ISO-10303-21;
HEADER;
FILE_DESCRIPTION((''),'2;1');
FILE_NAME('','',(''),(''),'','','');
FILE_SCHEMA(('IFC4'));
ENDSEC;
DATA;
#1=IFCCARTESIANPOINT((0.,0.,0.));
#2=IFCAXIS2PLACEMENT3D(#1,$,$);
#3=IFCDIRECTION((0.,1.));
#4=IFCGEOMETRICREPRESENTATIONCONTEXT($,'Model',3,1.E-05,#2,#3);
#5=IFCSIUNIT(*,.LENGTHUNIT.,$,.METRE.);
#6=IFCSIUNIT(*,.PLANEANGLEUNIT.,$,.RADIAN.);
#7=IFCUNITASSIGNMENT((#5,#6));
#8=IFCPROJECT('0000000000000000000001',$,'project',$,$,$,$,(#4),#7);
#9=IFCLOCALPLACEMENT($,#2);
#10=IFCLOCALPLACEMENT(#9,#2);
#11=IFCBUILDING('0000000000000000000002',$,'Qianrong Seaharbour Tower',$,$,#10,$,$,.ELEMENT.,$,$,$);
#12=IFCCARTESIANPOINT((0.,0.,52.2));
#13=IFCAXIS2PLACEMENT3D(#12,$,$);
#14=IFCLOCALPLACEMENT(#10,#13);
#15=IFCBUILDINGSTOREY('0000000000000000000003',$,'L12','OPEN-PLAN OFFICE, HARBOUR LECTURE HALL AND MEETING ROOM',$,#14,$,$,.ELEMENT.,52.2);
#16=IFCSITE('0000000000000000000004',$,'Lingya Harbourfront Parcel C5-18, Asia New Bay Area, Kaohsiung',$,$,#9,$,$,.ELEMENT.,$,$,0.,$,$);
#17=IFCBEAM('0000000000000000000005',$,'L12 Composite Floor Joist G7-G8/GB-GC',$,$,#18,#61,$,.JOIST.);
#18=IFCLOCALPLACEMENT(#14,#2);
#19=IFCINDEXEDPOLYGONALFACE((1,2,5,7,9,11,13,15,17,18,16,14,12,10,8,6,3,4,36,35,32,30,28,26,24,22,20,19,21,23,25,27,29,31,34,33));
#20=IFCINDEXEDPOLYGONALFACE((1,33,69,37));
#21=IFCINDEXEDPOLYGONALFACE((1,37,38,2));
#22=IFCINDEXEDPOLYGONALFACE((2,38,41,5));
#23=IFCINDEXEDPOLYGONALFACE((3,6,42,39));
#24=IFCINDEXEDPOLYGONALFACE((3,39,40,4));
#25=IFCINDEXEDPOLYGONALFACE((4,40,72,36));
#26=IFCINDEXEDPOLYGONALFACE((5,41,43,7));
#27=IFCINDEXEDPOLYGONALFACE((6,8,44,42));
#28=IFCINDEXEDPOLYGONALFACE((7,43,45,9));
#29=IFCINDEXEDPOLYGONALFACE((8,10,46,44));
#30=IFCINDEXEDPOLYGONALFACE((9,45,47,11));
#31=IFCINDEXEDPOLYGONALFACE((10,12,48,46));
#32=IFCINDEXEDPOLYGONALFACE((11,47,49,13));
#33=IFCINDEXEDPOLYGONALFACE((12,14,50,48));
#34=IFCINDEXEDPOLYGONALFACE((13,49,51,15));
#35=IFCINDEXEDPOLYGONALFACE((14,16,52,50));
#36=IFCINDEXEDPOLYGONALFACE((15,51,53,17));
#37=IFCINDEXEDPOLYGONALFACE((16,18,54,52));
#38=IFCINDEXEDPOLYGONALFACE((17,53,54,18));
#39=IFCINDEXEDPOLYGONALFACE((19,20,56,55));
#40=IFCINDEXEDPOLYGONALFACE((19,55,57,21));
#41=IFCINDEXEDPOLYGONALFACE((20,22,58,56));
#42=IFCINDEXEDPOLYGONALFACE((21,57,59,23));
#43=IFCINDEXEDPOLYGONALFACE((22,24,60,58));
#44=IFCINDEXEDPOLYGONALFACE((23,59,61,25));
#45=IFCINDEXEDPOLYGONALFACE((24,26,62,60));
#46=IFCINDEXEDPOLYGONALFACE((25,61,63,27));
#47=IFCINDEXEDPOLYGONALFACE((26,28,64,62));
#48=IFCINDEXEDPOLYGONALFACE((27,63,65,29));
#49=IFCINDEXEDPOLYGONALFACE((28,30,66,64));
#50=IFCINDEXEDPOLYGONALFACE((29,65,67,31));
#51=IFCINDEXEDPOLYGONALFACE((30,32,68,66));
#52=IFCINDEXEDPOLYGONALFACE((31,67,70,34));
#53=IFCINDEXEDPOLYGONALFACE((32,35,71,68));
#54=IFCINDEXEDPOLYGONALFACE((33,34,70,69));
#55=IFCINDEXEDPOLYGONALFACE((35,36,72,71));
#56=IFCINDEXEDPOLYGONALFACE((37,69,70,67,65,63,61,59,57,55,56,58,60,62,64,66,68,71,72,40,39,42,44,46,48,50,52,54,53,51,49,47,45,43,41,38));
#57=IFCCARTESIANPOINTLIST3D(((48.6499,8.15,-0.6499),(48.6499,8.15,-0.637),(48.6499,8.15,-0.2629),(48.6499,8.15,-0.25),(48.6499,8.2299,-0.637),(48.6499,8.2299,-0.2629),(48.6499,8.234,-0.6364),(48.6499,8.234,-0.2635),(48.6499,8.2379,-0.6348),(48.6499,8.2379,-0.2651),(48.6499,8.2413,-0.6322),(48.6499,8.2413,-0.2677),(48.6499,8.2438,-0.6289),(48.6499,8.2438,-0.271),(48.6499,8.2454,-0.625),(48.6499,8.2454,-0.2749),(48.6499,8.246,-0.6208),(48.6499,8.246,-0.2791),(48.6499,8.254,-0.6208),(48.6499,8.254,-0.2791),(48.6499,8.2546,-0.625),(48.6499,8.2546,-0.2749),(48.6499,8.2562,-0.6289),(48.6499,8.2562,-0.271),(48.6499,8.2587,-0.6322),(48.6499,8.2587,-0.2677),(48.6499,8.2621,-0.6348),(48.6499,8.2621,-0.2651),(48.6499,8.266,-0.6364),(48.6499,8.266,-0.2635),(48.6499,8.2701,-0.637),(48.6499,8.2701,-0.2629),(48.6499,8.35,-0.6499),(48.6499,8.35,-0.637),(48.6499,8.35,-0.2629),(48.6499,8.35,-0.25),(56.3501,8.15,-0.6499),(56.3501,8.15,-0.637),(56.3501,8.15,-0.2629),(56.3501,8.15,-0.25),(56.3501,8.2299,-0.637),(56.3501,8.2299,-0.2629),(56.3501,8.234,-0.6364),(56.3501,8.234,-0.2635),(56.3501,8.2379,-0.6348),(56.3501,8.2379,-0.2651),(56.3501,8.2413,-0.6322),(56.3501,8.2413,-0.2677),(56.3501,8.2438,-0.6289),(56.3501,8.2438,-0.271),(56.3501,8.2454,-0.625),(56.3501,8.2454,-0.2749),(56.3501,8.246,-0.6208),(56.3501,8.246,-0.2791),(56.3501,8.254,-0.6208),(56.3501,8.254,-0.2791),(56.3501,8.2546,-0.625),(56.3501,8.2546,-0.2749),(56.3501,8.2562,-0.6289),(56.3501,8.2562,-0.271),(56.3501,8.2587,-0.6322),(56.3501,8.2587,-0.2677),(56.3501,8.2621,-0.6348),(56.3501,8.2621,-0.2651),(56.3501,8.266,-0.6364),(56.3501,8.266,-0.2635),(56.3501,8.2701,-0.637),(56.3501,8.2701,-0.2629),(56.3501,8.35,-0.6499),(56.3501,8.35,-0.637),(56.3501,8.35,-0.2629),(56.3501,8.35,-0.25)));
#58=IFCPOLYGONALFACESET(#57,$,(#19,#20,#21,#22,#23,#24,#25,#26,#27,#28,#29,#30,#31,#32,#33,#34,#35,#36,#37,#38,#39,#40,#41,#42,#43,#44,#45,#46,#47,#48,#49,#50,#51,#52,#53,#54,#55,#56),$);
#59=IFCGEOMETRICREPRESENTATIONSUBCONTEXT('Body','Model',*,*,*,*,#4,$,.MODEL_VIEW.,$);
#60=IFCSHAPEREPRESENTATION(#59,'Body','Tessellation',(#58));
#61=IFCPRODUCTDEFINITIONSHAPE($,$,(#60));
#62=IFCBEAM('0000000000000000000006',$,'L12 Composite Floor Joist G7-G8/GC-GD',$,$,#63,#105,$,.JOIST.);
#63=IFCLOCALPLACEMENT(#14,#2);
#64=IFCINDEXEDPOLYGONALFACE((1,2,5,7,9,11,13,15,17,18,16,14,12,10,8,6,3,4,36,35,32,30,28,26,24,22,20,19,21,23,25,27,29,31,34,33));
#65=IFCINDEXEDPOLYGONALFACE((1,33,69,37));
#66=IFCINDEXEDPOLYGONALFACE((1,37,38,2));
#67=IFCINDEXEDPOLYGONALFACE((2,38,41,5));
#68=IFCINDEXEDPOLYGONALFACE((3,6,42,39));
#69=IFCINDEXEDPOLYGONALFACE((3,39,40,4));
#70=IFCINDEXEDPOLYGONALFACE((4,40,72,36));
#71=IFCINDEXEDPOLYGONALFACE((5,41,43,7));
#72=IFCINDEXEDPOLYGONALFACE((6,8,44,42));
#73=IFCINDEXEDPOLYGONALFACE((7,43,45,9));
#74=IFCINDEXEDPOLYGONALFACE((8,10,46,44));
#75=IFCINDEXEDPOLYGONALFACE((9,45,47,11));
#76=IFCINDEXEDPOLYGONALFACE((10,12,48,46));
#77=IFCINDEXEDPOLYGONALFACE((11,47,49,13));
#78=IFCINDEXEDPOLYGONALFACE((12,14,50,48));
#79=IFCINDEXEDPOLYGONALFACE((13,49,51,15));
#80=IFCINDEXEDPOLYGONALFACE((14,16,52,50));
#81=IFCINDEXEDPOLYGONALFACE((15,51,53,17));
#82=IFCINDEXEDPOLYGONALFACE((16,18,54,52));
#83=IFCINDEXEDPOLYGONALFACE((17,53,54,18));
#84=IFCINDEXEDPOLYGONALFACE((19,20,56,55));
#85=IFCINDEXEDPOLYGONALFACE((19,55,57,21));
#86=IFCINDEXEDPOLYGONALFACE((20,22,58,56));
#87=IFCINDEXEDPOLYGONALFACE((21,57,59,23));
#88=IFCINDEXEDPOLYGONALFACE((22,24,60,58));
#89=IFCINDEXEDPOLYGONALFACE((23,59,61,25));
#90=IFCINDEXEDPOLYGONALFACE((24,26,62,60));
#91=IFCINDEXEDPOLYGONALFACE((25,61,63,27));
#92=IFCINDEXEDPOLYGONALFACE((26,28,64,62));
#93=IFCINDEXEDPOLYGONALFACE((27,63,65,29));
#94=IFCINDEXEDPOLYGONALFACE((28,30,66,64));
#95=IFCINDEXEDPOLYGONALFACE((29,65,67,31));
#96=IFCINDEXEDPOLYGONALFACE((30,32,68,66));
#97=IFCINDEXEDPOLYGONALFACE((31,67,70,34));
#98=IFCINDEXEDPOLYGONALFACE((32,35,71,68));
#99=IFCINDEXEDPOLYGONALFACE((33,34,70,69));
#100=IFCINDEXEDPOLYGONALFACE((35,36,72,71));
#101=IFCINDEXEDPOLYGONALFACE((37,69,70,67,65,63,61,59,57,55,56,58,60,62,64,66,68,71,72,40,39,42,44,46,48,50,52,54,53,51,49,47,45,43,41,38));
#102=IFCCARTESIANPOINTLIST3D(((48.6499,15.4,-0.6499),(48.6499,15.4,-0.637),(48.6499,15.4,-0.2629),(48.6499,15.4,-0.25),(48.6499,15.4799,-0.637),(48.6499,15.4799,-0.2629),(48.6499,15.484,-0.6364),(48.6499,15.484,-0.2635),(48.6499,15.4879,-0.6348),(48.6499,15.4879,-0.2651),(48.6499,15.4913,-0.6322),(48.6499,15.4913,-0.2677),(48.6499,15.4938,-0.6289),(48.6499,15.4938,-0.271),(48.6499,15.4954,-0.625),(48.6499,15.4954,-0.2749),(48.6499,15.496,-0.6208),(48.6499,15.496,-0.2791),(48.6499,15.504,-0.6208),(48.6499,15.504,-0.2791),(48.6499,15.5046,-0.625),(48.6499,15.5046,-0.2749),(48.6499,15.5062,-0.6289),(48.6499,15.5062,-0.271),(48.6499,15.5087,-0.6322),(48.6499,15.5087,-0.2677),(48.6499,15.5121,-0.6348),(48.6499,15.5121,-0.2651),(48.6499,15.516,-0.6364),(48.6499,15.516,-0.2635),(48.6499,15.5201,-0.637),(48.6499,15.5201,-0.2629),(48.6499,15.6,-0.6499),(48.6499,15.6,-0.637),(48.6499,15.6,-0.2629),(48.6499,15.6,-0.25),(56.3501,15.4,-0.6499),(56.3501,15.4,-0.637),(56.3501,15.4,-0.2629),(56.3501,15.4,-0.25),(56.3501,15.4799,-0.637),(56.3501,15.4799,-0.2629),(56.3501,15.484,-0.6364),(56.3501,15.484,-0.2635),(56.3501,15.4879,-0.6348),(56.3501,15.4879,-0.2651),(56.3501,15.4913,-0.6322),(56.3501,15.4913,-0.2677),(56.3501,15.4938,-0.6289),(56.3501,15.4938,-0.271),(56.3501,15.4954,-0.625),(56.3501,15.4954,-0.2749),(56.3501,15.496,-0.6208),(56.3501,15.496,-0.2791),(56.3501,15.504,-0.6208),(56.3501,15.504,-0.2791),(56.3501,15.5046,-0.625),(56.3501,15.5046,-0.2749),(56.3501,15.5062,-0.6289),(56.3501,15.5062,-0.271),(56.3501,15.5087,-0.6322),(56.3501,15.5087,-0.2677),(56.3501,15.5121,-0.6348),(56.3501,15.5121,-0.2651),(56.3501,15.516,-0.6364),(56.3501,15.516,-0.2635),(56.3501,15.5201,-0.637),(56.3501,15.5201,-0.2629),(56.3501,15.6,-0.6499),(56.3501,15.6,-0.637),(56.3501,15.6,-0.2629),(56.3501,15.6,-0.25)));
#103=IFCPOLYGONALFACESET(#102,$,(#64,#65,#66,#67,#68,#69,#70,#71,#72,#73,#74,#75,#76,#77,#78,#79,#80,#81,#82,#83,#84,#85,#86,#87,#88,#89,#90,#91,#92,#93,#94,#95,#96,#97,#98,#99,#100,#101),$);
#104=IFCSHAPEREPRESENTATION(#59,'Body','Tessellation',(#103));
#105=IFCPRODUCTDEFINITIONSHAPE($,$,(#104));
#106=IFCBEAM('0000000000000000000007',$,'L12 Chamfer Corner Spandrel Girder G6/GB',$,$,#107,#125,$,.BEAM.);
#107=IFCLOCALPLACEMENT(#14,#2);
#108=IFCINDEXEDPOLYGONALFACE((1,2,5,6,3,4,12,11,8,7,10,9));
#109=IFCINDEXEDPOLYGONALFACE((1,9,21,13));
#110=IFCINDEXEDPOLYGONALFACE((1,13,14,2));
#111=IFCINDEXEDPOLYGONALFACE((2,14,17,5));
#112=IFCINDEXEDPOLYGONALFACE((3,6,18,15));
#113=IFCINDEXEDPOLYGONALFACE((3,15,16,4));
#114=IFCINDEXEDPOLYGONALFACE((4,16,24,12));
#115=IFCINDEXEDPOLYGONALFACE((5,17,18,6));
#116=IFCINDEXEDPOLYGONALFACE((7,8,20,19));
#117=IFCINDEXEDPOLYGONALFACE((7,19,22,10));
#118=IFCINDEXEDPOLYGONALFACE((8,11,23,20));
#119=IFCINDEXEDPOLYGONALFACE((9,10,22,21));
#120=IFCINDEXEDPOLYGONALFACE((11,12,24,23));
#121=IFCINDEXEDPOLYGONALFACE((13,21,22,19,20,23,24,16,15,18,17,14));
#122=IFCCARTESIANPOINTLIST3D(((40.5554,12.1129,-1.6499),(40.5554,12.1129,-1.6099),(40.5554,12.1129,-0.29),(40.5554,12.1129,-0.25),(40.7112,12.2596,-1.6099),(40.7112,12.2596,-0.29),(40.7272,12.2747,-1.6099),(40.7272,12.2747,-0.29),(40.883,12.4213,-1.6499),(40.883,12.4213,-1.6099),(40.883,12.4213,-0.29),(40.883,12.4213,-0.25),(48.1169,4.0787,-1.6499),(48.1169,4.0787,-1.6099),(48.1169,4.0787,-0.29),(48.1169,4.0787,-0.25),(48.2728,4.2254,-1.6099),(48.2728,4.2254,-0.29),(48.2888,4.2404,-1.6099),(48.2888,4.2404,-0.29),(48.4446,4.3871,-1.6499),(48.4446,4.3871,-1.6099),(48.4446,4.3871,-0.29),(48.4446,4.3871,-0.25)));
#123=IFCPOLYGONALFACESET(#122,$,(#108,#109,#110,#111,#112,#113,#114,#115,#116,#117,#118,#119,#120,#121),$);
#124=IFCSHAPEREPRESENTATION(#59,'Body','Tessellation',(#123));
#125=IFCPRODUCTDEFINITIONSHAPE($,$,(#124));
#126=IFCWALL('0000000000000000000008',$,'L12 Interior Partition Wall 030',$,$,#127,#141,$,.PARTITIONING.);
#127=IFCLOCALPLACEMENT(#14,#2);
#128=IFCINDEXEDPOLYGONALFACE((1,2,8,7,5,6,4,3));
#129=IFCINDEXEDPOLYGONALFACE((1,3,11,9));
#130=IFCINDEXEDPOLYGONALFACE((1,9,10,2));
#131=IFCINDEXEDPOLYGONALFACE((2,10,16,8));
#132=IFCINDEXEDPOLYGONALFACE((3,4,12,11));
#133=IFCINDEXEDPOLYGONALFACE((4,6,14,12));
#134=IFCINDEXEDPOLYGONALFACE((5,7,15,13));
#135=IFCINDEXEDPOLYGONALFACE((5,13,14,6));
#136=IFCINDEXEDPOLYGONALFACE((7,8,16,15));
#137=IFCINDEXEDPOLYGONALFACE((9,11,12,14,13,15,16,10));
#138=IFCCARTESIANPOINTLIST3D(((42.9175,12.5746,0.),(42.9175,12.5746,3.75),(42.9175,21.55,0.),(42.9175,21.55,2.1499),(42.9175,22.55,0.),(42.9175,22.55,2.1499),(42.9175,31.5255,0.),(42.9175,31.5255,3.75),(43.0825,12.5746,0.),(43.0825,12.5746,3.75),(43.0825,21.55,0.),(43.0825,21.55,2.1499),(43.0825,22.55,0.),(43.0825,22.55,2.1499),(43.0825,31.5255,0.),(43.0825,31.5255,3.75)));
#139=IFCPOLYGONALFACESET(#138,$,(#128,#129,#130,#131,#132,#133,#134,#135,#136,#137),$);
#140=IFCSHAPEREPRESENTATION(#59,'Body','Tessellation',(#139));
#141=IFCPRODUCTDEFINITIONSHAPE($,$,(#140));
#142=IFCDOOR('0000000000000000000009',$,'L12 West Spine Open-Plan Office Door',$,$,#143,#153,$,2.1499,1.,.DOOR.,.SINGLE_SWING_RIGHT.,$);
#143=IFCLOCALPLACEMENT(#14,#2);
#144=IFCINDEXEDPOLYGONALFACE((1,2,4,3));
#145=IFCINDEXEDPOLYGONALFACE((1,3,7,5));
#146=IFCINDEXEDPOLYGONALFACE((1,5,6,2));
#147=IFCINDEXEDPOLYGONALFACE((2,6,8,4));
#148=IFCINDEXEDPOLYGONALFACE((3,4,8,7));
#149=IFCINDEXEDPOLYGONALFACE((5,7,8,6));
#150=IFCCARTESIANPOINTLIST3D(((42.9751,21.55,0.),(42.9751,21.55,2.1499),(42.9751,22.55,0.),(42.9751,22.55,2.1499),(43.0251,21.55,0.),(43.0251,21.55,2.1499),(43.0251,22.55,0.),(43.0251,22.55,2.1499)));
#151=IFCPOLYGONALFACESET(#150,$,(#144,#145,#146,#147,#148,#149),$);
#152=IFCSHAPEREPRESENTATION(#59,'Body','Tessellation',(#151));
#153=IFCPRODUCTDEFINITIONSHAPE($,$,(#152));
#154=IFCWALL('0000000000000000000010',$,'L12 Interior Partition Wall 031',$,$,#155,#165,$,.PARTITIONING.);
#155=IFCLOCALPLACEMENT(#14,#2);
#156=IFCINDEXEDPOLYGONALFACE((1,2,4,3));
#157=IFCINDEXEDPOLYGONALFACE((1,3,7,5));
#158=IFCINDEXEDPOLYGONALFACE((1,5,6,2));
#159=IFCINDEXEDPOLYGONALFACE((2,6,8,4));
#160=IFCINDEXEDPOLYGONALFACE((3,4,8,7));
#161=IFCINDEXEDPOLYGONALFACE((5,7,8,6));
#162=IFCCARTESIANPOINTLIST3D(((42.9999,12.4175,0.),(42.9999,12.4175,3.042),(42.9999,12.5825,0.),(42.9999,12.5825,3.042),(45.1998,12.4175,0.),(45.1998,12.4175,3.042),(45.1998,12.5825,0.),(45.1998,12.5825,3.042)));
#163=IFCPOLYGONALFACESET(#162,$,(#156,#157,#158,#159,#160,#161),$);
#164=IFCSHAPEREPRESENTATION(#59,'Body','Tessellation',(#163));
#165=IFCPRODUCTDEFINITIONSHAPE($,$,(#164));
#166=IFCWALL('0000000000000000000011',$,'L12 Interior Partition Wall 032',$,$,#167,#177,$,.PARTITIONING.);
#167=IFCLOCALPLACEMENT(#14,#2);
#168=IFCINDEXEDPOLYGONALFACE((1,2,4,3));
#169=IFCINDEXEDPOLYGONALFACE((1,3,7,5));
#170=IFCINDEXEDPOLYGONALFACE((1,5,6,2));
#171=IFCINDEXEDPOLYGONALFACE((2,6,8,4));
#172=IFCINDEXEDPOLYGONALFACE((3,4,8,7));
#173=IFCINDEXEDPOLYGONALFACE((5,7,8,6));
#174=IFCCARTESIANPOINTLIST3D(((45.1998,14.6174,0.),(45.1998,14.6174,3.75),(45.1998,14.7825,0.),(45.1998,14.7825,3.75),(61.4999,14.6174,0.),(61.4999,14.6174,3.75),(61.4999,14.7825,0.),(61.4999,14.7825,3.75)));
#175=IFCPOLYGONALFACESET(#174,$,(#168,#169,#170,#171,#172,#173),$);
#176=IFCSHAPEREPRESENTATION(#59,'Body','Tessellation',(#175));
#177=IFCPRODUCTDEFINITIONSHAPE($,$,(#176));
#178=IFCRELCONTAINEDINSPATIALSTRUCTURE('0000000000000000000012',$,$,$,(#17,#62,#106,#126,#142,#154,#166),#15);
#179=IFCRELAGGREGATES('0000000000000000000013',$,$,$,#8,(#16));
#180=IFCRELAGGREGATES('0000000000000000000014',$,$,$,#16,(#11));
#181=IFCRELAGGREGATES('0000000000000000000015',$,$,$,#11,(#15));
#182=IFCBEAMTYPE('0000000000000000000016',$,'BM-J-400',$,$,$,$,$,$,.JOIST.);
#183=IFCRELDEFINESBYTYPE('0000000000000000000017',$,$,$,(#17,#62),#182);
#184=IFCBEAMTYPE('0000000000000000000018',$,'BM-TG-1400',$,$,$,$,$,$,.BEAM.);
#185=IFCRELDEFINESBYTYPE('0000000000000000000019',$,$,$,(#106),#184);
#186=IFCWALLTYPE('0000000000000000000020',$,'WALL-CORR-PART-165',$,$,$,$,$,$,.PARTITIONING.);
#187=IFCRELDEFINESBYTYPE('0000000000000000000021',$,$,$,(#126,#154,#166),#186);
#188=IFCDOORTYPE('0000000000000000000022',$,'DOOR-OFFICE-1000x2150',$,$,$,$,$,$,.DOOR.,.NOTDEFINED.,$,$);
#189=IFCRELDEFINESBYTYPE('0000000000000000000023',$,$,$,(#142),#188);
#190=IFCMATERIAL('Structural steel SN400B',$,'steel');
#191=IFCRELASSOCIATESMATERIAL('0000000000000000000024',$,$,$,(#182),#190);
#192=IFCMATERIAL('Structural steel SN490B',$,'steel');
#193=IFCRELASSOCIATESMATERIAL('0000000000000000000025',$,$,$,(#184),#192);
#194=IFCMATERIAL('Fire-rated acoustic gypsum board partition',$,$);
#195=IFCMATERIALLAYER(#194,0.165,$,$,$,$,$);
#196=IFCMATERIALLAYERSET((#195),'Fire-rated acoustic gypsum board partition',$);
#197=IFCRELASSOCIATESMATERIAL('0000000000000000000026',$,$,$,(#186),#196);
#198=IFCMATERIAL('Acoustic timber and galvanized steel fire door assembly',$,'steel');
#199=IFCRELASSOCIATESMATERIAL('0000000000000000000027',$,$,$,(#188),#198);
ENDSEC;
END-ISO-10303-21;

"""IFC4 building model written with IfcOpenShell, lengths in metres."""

from ifc_helpers import new_model, si_unit, direction, frame, frame_2d, origin, origin_2d, place, context, subcontext, project, spatial, rectangle, i_section, extrude, material, layer, layer_set, material_profile, profile_set, type_object, element, fill, save


model = new_model("IFC4")

# Units and contexts
model_context = context("Model", 3, precision=1e-05, world=origin(), true_north=direction((0.0, 1.0)))
body_context = subcontext(model_context, "Body", "Model", "MODEL_VIEW")
ifc_project = project(units=[si_unit("LENGTHUNIT", "METRE"), si_unit("PLANEANGLEUNIT", "RADIAN")], contexts=[model_context])

# Site, building, storey
site_placement = place(None, origin())
site = spatial("IfcSite", under=ifc_project, at=site_placement, Name="Lingya Harbourfront Parcel C5-18, Asia New Bay Area, Kaohsiung", CompositionType="ELEMENT", RefElevation=0.0)
building_placement = place(site_placement, origin())
building = spatial("IfcBuilding", under=site, at=building_placement, Name="Qianrong Seaharbour Tower", CompositionType="ELEMENT")
storey_placement = place(building_placement, frame((0.0, 0.0, 52.2)))
storey = spatial("IfcBuildingStorey", under=building, at=storey_placement, Name="L12", Description="OPEN-PLAN OFFICE, HARBOUR LECTURE HALL AND MEETING ROOM", CompositionType="ELEMENT", Elevation=52.2)

# Shared definitions
ifc_material_1 = material(Name="Structural steel SN490B", Category="steel")

# Beams
ifc_material_2 = material(Name="Structural steel SN400B", Category="steel")
ifc_material_profile_1 = material_profile(ifc_material_2, i_section(OverallWidth=0.2, OverallDepth=0.3999, WebThickness=0.0081, FlangeThickness=0.0129, FilletRadius=0.0161, at=origin_2d()), Name="H400x200x8x13")
ifc_profile_set_1 = profile_set([ifc_material_profile_1], Name="Structural steel SN400B")
beam_type_1 = type_object("IfcBeamType", Name="BM-J-400", PredefinedType="JOIST", material=ifc_profile_set_1)
for number, where, z_axis, x_axis, name in (
    (1, (48.6499, 8.25, -0.45), (1.0, 0.0, 0.0), (0.0, 1.0, 0.0), "L12 Composite Floor Joist G7-G8/GB-GC"),
    (2, (48.6499, 15.5, -0.45), (1.0, 0.0, 0.0), (0.0, 1.0, 0.0), "L12 Composite Floor Joist G7-G8/GC-GD"),
):
    element("IfcBeam", number, at=place(storey_placement, frame(where, z_axis=z_axis, x_axis=x_axis)), inside=storey, type_object=beam_type_1, Name=name, PredefinedType="JOIST", context=body_context, shape_type="SweptSolid", body=[
        extrude(i_section(OverallWidth=0.2, OverallDepth=0.3999, WebThickness=0.0081, FlangeThickness=0.0129, FilletRadius=0.0161, at=origin_2d()), origin(), (0.0, 0.0, 1.0), 7.7002),
    ])
ifc_material_profile_2 = material_profile(ifc_material_1, i_section(OverallWidth=0.45, OverallDepth=1.3999, WebThickness=0.022, FlangeThickness=0.04, at=origin_2d()), Name="BH1400x450x22x40")
ifc_profile_set_2 = profile_set([ifc_material_profile_2], Name="Structural steel SN490B")
beam_type_2 = type_object("IfcBeamType", Name="BM-TG-1400", PredefinedType="BEAM", material=ifc_profile_set_2)
beam_1_placement = place(storey_placement, frame((48.2808, 4.2329, -0.95), z_axis=(-0.685362, 0.728203, 0.0), x_axis=(-0.728203, -0.685362, 0.0)))
element("IfcBeam", 3, at=beam_1_placement, inside=storey, type_object=beam_type_2, Name="L12 Chamfer Corner Spandrel Girder G6/GB", PredefinedType="BEAM", context=body_context, shape_type="SweptSolid", body=[
    extrude(i_section(OverallWidth=0.45, OverallDepth=1.3999, WebThickness=0.022, FlangeThickness=0.04, at=origin_2d()), origin(), (0.0, 0.0, 1.0), 11.033),
])

# Wall, opening, door
ifc_material_3 = material(Name="Fire-rated acoustic gypsum board partition")
ifc_layer_1 = layer(ifc_material_3, 0.165)
ifc_layer_set_1 = layer_set([ifc_layer_1], Name="Fire-rated acoustic gypsum board partition")
wall_type_1 = type_object("IfcWallType", Name="WALL-CORR-PART-165", PredefinedType="PARTITIONING", material=ifc_layer_set_1)
wall_1_placement = place(storey_placement, frame((43.0, 12.5745, 0.0), z_axis=(0.0, 0.0, 1.0), x_axis=(0.0, 1.0, 0.0)))
wall_1 = element("IfcWall", 4, at=wall_1_placement, inside=storey, type_object=wall_type_1, Name="L12 Interior Partition Wall 030", PredefinedType="PARTITIONING", context=body_context, shape_type="SweptSolid", body=[
    extrude(rectangle(XDim=18.9509, YDim=0.165, at=frame_2d((9.4756, 0.0))), origin(), (0.0, 0.0, 1.0), 3.75),
])
opening_1_placement = place(wall_1_placement, frame((8.9756, 0.0, 0.0)))
opening_1 = element("IfcOpeningElement", 5, at=opening_1_placement, cuts=wall_1, PredefinedType="OPENING", context=body_context, shape_type="SweptSolid", body=[
    extrude(rectangle(XDim=1.0, YDim=2.1499, at=frame_2d((0.5, 1.075))), frame((0.0, 0.0925, 0.0), z_axis=(0.0, -1.0, 0.0), x_axis=(1.0, 0.0, 0.0)), (0.0, 0.0, 1.0), 0.1851),
])
ifc_material_4 = material(Name="Acoustic timber and galvanized steel fire door assembly", Category="steel")
door_type_1 = type_object("IfcDoorType", Name="DOOR-OFFICE-1000x2150", OperationType="NOTDEFINED", PredefinedType="DOOR", material=ifc_material_4)
door_1_placement = place(opening_1_placement, origin())
door_1 = element("IfcDoor", 6, at=door_1_placement, inside=storey, type_object=door_type_1, Name="L12 West Spine Open-Plan Office Door", OperationType="SINGLE_SWING_RIGHT", OverallHeight=2.1499, OverallWidth=1.0, PredefinedType="DOOR", context=body_context, shape_type="SweptSolid", body=[
    extrude(rectangle(XDim=1.0, YDim=2.1499, at=frame_2d((0.5, 1.075))), frame((0.0, 0.0249, 0.0), z_axis=(0.0, -1.0, 0.0), x_axis=(1.0, 0.0, 0.0)), (0.0, 0.0, 1.0), 0.05),
])
fill(opening_1, door_1)

# Walls
wall_2_placement = place(storey_placement, frame((45.2, 12.5, 0.0), z_axis=(0.0, 0.0, 1.0), x_axis=(-1.0, 0.0, 0.0)))
element("IfcWall", 7, at=wall_2_placement, inside=storey, type_object=wall_type_1, Name="L12 Interior Partition Wall 031", PredefinedType="PARTITIONING", context=body_context, shape_type="SweptSolid", body=[
    extrude(rectangle(XDim=2.2, YDim=0.165, at=frame_2d((1.1001, 0.0))), origin(), (0.0, 0.0, 1.0), 3.042),
])
wall_3_placement = place(storey_placement, frame((45.2, 14.7, 0.0), z_axis=(0.0, 0.0, 1.0), x_axis=(1.0, 0.0, 0.0)))
element("IfcWall", 8, at=wall_3_placement, inside=storey, type_object=wall_type_1, Name="L12 Interior Partition Wall 032", PredefinedType="PARTITIONING", context=body_context, shape_type="SweptSolid", body=[
    extrude(rectangle(XDim=16.3, YDim=0.165, at=frame_2d((8.1499, 0.0))), origin(), (0.0, 0.0, 1.0), 3.75),
])

save(model, "model.ifc")
